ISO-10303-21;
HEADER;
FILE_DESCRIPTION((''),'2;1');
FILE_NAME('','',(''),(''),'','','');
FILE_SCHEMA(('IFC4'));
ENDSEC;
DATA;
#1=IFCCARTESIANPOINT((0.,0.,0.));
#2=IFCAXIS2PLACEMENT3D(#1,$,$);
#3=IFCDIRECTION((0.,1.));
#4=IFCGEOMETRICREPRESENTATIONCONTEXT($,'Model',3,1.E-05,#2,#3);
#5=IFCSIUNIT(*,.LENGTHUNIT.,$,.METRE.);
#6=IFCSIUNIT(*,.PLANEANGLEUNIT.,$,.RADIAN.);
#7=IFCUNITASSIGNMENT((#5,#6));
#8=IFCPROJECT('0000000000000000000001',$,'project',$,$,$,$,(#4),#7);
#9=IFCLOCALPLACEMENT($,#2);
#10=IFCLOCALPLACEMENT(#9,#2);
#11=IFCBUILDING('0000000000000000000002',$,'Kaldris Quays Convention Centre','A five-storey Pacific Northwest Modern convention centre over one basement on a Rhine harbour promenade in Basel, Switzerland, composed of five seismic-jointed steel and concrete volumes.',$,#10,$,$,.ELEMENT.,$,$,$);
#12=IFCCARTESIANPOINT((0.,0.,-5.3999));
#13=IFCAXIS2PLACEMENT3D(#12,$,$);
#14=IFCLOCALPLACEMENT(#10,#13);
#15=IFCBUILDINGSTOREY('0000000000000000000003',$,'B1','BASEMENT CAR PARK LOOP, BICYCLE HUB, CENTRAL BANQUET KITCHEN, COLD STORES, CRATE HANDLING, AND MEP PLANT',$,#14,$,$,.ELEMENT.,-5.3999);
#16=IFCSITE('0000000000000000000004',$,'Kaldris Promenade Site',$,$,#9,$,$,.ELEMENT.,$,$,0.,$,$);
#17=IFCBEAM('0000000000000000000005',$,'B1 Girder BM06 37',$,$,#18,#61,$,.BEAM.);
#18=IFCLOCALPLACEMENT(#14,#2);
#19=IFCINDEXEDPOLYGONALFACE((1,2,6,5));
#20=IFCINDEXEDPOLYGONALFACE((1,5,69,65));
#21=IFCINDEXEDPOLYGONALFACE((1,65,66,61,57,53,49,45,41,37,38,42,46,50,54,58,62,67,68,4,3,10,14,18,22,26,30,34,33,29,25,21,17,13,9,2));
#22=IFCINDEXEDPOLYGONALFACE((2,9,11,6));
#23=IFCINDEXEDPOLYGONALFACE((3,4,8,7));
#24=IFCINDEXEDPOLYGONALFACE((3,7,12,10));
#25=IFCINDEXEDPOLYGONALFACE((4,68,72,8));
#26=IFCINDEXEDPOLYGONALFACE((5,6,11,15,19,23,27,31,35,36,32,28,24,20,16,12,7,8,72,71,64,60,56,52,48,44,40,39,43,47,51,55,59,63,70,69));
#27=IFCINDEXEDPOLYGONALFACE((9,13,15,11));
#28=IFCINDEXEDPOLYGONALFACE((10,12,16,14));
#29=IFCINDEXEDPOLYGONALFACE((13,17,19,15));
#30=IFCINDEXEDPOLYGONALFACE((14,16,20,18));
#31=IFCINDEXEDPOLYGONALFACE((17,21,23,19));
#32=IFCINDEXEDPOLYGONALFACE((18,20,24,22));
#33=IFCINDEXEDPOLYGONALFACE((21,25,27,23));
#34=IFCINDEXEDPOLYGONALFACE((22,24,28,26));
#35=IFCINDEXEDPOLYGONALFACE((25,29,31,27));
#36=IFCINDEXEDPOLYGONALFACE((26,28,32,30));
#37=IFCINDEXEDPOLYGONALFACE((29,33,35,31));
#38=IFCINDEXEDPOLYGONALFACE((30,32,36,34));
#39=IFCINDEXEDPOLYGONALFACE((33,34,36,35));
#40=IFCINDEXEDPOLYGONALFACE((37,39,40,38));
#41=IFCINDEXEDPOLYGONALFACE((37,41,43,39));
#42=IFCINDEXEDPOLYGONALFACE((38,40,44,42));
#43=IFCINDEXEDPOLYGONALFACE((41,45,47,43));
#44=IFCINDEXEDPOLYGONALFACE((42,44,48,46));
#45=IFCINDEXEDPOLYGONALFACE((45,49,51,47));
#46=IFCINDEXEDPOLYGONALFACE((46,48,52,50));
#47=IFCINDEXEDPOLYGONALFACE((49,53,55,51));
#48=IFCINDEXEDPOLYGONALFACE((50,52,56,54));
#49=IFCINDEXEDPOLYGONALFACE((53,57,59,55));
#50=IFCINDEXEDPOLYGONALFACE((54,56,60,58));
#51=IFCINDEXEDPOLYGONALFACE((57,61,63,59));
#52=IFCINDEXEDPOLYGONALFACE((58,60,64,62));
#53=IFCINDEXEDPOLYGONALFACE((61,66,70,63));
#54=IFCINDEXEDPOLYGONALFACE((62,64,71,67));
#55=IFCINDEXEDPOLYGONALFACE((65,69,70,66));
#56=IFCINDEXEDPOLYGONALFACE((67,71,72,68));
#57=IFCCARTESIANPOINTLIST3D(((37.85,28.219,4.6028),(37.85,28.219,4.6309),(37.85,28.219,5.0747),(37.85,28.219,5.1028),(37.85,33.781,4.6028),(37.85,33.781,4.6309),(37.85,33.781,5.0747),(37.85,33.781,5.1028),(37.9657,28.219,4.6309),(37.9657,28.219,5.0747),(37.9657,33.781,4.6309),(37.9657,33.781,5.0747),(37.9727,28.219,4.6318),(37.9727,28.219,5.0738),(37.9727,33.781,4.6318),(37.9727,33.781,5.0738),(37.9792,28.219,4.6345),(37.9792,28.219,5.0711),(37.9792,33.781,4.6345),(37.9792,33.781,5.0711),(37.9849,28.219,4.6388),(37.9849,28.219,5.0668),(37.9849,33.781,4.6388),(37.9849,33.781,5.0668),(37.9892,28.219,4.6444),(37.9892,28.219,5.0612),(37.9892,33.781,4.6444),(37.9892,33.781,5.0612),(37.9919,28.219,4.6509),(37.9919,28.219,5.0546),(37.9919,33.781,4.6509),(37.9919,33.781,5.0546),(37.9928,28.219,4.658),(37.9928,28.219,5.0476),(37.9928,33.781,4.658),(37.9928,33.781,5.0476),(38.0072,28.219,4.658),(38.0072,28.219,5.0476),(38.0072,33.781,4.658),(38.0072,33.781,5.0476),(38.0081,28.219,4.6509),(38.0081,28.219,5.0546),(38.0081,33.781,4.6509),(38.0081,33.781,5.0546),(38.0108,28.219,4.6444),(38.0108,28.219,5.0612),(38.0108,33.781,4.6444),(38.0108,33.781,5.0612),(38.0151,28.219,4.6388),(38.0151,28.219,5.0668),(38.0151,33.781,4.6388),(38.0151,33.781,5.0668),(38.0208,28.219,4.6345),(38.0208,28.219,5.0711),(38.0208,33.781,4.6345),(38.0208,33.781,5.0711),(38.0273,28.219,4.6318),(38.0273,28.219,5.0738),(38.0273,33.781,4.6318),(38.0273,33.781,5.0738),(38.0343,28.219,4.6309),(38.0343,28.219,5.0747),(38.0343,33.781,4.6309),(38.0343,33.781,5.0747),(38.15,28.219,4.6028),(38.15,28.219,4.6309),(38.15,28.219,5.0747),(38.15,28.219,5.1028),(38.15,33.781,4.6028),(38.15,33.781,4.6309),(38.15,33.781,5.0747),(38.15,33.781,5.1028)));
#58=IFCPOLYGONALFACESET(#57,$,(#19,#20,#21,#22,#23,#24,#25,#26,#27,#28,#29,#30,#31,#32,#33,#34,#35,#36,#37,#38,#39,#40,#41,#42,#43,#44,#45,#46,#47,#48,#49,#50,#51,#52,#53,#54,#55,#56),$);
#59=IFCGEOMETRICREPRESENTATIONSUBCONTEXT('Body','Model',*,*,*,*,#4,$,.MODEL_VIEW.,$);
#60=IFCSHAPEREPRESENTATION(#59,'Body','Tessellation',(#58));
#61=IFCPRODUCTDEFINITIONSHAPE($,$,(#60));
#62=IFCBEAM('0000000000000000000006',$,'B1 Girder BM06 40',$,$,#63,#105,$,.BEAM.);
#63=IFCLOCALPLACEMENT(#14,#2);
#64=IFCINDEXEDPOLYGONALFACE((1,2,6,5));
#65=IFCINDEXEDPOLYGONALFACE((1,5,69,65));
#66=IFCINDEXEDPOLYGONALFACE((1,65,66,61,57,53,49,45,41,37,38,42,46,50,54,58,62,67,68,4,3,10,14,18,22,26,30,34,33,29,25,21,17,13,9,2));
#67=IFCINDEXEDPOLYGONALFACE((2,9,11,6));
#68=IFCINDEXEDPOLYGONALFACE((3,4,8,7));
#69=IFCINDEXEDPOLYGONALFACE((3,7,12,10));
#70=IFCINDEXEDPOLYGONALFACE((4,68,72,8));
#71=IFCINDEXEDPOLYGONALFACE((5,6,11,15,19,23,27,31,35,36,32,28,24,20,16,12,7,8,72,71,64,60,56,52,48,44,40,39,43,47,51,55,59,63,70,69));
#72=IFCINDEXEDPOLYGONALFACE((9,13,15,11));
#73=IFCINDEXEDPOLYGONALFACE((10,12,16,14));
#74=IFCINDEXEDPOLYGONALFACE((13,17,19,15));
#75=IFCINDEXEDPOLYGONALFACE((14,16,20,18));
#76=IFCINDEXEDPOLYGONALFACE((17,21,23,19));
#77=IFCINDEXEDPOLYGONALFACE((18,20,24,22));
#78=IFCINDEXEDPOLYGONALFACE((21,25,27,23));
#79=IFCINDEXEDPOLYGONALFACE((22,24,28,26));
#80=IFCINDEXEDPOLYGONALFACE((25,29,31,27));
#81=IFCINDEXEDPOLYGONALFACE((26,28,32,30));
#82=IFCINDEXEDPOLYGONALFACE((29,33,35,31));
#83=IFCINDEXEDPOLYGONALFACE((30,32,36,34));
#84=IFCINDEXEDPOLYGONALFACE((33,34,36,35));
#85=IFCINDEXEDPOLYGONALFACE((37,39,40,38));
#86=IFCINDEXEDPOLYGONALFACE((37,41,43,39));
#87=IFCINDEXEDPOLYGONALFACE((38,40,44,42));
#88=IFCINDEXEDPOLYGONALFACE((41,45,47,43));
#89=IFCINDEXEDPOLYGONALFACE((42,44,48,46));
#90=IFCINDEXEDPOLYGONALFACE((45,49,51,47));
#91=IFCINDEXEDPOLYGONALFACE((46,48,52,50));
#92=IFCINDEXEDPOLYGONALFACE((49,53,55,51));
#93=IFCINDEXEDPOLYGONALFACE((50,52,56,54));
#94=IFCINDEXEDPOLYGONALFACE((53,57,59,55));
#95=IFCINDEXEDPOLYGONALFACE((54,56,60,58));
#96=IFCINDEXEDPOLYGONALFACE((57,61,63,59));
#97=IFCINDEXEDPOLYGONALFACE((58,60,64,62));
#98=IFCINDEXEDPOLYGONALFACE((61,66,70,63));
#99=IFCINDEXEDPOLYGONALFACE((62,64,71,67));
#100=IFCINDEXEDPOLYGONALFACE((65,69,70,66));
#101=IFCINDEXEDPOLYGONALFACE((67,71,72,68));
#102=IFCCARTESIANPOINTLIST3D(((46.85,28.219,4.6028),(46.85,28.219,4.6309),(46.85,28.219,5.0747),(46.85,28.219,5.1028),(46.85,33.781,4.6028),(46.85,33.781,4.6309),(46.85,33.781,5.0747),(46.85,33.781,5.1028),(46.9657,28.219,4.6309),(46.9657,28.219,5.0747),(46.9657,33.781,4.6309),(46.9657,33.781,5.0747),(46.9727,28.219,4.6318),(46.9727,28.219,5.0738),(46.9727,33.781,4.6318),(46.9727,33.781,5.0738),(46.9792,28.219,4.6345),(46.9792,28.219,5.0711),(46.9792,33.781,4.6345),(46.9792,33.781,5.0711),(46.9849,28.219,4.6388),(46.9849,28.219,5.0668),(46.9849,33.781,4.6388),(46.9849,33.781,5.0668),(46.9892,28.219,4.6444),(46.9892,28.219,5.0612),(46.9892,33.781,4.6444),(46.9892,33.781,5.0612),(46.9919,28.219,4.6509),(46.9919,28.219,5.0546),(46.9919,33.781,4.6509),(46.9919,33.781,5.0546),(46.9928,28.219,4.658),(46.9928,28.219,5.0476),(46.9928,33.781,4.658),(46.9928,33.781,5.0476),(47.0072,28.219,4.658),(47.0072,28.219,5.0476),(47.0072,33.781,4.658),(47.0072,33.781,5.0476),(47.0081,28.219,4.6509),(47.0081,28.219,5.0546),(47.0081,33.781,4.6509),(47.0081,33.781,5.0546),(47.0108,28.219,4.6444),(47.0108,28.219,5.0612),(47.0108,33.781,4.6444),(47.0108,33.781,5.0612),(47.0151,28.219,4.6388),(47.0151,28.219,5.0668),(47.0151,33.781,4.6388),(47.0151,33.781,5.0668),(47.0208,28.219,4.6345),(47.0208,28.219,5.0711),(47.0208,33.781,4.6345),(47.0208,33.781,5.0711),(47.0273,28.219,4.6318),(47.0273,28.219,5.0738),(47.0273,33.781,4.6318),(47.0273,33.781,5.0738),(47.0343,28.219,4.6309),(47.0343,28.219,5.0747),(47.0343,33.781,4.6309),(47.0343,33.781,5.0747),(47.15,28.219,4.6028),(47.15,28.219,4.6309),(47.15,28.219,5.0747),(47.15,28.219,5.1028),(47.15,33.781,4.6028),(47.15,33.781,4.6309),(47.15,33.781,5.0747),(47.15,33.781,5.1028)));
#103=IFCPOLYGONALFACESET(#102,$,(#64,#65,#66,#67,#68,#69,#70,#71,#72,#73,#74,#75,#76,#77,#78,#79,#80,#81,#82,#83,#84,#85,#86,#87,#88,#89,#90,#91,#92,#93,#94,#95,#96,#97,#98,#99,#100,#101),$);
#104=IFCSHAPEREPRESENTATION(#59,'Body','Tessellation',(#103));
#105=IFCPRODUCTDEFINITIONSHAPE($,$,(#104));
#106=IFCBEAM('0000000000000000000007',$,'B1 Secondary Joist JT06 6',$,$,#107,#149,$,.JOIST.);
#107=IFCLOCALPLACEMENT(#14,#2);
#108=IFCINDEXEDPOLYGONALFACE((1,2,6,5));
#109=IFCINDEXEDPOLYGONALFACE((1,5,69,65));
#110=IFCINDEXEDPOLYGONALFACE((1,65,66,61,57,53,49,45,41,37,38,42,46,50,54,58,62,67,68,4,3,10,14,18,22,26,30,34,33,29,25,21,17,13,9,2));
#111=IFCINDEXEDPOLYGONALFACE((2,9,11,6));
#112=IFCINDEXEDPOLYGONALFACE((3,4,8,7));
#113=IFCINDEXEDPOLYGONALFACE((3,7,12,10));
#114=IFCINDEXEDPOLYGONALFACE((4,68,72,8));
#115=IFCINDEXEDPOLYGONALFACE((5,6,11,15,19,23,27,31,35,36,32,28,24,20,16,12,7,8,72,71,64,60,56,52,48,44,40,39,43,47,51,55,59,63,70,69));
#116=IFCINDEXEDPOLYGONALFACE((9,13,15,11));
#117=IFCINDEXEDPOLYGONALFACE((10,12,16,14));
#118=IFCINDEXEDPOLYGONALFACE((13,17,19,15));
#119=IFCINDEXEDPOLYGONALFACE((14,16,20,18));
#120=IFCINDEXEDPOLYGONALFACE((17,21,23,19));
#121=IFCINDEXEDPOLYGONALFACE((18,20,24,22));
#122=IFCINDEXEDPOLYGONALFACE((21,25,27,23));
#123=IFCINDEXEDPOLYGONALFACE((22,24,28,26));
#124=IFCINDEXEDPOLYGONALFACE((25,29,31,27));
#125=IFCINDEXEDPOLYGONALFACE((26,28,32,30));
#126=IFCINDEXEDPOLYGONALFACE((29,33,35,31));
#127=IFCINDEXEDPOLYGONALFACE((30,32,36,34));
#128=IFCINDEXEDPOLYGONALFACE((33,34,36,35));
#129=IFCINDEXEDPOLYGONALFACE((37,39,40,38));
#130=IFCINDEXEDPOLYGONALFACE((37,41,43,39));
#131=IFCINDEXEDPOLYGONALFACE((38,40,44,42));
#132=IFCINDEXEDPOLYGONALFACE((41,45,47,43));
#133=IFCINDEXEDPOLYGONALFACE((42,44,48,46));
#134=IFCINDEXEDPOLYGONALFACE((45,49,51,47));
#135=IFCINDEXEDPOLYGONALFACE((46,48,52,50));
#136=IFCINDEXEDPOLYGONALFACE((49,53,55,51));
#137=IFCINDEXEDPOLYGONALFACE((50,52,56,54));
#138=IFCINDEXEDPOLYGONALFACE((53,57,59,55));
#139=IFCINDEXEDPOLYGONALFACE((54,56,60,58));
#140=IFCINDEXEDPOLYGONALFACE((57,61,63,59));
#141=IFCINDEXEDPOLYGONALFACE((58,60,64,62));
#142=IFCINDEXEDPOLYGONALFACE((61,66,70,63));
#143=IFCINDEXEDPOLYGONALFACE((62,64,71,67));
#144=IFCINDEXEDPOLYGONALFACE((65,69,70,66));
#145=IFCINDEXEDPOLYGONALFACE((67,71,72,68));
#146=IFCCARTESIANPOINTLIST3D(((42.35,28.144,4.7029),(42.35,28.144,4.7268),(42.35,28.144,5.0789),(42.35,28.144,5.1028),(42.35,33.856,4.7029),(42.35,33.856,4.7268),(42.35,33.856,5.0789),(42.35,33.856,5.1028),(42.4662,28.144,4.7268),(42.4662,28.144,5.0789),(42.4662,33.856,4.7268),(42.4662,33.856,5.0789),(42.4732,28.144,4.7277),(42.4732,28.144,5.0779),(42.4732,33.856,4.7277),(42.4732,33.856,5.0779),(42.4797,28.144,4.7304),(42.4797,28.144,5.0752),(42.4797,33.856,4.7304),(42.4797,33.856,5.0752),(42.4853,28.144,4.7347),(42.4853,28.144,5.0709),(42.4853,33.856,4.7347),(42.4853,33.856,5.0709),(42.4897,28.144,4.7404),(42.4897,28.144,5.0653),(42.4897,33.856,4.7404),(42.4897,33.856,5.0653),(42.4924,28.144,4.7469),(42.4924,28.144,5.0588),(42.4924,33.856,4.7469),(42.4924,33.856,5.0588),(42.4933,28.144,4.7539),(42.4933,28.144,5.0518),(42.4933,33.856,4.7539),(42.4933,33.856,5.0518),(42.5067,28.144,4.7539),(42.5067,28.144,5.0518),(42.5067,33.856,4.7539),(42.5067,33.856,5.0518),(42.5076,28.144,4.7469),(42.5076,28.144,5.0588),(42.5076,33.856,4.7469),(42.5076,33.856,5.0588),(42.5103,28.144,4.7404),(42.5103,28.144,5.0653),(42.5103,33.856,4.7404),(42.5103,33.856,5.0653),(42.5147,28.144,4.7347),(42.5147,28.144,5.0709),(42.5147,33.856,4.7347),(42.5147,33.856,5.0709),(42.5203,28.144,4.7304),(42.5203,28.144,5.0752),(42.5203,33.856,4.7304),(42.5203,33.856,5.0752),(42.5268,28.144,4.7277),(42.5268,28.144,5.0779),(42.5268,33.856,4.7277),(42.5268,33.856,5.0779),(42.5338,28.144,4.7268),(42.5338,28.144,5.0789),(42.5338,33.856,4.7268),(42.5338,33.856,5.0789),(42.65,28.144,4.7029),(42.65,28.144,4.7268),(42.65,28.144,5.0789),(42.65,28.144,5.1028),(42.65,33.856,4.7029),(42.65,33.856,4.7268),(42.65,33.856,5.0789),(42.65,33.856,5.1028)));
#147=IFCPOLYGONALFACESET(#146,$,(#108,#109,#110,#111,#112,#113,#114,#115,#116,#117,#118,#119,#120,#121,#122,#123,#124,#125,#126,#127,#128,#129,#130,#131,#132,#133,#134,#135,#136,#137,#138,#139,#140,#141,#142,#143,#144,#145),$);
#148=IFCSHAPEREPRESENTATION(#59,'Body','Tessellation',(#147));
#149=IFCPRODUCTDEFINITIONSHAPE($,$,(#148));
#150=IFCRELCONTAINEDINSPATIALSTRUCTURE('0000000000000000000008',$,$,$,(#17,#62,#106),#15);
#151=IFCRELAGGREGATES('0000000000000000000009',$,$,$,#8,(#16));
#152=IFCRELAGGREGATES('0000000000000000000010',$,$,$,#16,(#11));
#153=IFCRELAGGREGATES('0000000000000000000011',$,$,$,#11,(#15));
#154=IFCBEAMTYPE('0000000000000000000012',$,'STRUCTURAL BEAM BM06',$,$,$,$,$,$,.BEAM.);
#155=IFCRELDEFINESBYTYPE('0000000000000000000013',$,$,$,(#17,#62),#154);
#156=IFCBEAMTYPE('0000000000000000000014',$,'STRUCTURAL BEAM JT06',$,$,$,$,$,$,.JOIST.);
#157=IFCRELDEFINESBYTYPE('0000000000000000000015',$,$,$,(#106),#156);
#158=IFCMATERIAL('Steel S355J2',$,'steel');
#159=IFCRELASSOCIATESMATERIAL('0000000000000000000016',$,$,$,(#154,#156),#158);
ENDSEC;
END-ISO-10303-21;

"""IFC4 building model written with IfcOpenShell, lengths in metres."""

from ifc_helpers import new_model, si_unit, direction, frame, origin, origin_2d, place, context, subcontext, project, spatial, i_section, extrude, material, material_profile, profile_set, type_object, element, save


model = new_model("IFC4")

# Units and contexts
model_context = context("Model", 3, precision=1e-05, world=origin(), true_north=direction((0.0, 1.0)))
body_context = subcontext(model_context, "Body", "Model", "MODEL_VIEW")
ifc_project = project(units=[si_unit("LENGTHUNIT", "METRE"), si_unit("PLANEANGLEUNIT", "RADIAN")], contexts=[model_context])

# Site, building, storey
site_placement = place(None, origin())
site = spatial("IfcSite", under=ifc_project, at=site_placement, Name="Kaldris Promenade Site", CompositionType="ELEMENT", RefElevation=0.0)
building_placement = place(site_placement, origin())
building = spatial("IfcBuilding", under=site, at=building_placement, Name="Kaldris Quays Convention Centre", Description="A five-storey Pacific Northwest Modern convention centre over one basement on a Rhine harbour promenade in Basel, Switzerland, composed of five seismic-jointed steel and concrete volumes.", CompositionType="ELEMENT")
storey_placement = place(building_placement, frame((0.0, 0.0, -5.3999)))
storey = spatial("IfcBuildingStorey", under=building, at=storey_placement, Name="B1", Description="BASEMENT CAR PARK LOOP, BICYCLE HUB, CENTRAL BANQUET KITCHEN, COLD STORES, CRATE HANDLING, AND MEP PLANT", CompositionType="ELEMENT", Elevation=-5.3999)

# Shared definitions
ifc_material_1 = material(Name="Steel S355J2", Category="steel")

# Beams
ifc_material_profile_1 = material_profile(ifc_material_1, i_section(OverallWidth=0.3, OverallDepth=0.5, WebThickness=0.0144, FlangeThickness=0.0281, FilletRadius=0.0271, at=origin_2d()), Name="HEB 500")
ifc_profile_set_1 = profile_set([ifc_material_profile_1], Name="Steel S355J2")
beam_type_1 = type_object("IfcBeamType", Name="STRUCTURAL BEAM BM06", PredefinedType="BEAM", material=ifc_profile_set_1)
for number, where, z_axis, x_axis, name in (
    (1, (38.0, 28.219, 4.8528), (0.0, 1.0, 0.0), (-1.0, 0.0, 0.0), "B1 Girder BM06 37"),
    (2, (47.0, 28.219, 4.8528), (0.0, 1.0, 0.0), (-1.0, 0.0, 0.0), "B1 Girder BM06 40"),
):
    element("IfcBeam", number, at=place(storey_placement, frame(where, z_axis=z_axis, x_axis=x_axis)), inside=storey, type_object=beam_type_1, Name=name, PredefinedType="BEAM", context=body_context, shape_type="SweptSolid", body=[
        extrude(i_section(OverallWidth=0.3, OverallDepth=0.5, WebThickness=0.0144, FlangeThickness=0.0281, FilletRadius=0.0271, at=origin_2d()), origin(), (0.0, 0.0, 1.0), 5.562),
    ])
ifc_material_profile_2 = material_profile(ifc_material_1, i_section(OverallWidth=0.3, OverallDepth=0.3999, WebThickness=0.0134, FlangeThickness=0.0239, FilletRadius=0.0271, at=origin_2d()), Name="HEB 400")
ifc_profile_set_2 = profile_set([ifc_material_profile_2], Name="Steel S355J2")
beam_type_2 = type_object("IfcBeamType", Name="STRUCTURAL BEAM JT06", PredefinedType="JOIST", material=ifc_profile_set_2)
beam_1_placement = place(storey_placement, frame((42.5, 28.144, 4.9028), z_axis=(0.0, 1.0, 0.0), x_axis=(-1.0, 0.0, 0.0)))
element("IfcBeam", 3, at=beam_1_placement, inside=storey, type_object=beam_type_2, Name="B1 Secondary Joist JT06 6", PredefinedType="JOIST", context=body_context, shape_type="SweptSolid", body=[
    extrude(i_section(OverallWidth=0.3, OverallDepth=0.3999, WebThickness=0.0134, FlangeThickness=0.0239, FilletRadius=0.0271, at=origin_2d()), origin(), (0.0, 0.0, 1.0), 5.7119),
])

save(model, "model.ifc")
